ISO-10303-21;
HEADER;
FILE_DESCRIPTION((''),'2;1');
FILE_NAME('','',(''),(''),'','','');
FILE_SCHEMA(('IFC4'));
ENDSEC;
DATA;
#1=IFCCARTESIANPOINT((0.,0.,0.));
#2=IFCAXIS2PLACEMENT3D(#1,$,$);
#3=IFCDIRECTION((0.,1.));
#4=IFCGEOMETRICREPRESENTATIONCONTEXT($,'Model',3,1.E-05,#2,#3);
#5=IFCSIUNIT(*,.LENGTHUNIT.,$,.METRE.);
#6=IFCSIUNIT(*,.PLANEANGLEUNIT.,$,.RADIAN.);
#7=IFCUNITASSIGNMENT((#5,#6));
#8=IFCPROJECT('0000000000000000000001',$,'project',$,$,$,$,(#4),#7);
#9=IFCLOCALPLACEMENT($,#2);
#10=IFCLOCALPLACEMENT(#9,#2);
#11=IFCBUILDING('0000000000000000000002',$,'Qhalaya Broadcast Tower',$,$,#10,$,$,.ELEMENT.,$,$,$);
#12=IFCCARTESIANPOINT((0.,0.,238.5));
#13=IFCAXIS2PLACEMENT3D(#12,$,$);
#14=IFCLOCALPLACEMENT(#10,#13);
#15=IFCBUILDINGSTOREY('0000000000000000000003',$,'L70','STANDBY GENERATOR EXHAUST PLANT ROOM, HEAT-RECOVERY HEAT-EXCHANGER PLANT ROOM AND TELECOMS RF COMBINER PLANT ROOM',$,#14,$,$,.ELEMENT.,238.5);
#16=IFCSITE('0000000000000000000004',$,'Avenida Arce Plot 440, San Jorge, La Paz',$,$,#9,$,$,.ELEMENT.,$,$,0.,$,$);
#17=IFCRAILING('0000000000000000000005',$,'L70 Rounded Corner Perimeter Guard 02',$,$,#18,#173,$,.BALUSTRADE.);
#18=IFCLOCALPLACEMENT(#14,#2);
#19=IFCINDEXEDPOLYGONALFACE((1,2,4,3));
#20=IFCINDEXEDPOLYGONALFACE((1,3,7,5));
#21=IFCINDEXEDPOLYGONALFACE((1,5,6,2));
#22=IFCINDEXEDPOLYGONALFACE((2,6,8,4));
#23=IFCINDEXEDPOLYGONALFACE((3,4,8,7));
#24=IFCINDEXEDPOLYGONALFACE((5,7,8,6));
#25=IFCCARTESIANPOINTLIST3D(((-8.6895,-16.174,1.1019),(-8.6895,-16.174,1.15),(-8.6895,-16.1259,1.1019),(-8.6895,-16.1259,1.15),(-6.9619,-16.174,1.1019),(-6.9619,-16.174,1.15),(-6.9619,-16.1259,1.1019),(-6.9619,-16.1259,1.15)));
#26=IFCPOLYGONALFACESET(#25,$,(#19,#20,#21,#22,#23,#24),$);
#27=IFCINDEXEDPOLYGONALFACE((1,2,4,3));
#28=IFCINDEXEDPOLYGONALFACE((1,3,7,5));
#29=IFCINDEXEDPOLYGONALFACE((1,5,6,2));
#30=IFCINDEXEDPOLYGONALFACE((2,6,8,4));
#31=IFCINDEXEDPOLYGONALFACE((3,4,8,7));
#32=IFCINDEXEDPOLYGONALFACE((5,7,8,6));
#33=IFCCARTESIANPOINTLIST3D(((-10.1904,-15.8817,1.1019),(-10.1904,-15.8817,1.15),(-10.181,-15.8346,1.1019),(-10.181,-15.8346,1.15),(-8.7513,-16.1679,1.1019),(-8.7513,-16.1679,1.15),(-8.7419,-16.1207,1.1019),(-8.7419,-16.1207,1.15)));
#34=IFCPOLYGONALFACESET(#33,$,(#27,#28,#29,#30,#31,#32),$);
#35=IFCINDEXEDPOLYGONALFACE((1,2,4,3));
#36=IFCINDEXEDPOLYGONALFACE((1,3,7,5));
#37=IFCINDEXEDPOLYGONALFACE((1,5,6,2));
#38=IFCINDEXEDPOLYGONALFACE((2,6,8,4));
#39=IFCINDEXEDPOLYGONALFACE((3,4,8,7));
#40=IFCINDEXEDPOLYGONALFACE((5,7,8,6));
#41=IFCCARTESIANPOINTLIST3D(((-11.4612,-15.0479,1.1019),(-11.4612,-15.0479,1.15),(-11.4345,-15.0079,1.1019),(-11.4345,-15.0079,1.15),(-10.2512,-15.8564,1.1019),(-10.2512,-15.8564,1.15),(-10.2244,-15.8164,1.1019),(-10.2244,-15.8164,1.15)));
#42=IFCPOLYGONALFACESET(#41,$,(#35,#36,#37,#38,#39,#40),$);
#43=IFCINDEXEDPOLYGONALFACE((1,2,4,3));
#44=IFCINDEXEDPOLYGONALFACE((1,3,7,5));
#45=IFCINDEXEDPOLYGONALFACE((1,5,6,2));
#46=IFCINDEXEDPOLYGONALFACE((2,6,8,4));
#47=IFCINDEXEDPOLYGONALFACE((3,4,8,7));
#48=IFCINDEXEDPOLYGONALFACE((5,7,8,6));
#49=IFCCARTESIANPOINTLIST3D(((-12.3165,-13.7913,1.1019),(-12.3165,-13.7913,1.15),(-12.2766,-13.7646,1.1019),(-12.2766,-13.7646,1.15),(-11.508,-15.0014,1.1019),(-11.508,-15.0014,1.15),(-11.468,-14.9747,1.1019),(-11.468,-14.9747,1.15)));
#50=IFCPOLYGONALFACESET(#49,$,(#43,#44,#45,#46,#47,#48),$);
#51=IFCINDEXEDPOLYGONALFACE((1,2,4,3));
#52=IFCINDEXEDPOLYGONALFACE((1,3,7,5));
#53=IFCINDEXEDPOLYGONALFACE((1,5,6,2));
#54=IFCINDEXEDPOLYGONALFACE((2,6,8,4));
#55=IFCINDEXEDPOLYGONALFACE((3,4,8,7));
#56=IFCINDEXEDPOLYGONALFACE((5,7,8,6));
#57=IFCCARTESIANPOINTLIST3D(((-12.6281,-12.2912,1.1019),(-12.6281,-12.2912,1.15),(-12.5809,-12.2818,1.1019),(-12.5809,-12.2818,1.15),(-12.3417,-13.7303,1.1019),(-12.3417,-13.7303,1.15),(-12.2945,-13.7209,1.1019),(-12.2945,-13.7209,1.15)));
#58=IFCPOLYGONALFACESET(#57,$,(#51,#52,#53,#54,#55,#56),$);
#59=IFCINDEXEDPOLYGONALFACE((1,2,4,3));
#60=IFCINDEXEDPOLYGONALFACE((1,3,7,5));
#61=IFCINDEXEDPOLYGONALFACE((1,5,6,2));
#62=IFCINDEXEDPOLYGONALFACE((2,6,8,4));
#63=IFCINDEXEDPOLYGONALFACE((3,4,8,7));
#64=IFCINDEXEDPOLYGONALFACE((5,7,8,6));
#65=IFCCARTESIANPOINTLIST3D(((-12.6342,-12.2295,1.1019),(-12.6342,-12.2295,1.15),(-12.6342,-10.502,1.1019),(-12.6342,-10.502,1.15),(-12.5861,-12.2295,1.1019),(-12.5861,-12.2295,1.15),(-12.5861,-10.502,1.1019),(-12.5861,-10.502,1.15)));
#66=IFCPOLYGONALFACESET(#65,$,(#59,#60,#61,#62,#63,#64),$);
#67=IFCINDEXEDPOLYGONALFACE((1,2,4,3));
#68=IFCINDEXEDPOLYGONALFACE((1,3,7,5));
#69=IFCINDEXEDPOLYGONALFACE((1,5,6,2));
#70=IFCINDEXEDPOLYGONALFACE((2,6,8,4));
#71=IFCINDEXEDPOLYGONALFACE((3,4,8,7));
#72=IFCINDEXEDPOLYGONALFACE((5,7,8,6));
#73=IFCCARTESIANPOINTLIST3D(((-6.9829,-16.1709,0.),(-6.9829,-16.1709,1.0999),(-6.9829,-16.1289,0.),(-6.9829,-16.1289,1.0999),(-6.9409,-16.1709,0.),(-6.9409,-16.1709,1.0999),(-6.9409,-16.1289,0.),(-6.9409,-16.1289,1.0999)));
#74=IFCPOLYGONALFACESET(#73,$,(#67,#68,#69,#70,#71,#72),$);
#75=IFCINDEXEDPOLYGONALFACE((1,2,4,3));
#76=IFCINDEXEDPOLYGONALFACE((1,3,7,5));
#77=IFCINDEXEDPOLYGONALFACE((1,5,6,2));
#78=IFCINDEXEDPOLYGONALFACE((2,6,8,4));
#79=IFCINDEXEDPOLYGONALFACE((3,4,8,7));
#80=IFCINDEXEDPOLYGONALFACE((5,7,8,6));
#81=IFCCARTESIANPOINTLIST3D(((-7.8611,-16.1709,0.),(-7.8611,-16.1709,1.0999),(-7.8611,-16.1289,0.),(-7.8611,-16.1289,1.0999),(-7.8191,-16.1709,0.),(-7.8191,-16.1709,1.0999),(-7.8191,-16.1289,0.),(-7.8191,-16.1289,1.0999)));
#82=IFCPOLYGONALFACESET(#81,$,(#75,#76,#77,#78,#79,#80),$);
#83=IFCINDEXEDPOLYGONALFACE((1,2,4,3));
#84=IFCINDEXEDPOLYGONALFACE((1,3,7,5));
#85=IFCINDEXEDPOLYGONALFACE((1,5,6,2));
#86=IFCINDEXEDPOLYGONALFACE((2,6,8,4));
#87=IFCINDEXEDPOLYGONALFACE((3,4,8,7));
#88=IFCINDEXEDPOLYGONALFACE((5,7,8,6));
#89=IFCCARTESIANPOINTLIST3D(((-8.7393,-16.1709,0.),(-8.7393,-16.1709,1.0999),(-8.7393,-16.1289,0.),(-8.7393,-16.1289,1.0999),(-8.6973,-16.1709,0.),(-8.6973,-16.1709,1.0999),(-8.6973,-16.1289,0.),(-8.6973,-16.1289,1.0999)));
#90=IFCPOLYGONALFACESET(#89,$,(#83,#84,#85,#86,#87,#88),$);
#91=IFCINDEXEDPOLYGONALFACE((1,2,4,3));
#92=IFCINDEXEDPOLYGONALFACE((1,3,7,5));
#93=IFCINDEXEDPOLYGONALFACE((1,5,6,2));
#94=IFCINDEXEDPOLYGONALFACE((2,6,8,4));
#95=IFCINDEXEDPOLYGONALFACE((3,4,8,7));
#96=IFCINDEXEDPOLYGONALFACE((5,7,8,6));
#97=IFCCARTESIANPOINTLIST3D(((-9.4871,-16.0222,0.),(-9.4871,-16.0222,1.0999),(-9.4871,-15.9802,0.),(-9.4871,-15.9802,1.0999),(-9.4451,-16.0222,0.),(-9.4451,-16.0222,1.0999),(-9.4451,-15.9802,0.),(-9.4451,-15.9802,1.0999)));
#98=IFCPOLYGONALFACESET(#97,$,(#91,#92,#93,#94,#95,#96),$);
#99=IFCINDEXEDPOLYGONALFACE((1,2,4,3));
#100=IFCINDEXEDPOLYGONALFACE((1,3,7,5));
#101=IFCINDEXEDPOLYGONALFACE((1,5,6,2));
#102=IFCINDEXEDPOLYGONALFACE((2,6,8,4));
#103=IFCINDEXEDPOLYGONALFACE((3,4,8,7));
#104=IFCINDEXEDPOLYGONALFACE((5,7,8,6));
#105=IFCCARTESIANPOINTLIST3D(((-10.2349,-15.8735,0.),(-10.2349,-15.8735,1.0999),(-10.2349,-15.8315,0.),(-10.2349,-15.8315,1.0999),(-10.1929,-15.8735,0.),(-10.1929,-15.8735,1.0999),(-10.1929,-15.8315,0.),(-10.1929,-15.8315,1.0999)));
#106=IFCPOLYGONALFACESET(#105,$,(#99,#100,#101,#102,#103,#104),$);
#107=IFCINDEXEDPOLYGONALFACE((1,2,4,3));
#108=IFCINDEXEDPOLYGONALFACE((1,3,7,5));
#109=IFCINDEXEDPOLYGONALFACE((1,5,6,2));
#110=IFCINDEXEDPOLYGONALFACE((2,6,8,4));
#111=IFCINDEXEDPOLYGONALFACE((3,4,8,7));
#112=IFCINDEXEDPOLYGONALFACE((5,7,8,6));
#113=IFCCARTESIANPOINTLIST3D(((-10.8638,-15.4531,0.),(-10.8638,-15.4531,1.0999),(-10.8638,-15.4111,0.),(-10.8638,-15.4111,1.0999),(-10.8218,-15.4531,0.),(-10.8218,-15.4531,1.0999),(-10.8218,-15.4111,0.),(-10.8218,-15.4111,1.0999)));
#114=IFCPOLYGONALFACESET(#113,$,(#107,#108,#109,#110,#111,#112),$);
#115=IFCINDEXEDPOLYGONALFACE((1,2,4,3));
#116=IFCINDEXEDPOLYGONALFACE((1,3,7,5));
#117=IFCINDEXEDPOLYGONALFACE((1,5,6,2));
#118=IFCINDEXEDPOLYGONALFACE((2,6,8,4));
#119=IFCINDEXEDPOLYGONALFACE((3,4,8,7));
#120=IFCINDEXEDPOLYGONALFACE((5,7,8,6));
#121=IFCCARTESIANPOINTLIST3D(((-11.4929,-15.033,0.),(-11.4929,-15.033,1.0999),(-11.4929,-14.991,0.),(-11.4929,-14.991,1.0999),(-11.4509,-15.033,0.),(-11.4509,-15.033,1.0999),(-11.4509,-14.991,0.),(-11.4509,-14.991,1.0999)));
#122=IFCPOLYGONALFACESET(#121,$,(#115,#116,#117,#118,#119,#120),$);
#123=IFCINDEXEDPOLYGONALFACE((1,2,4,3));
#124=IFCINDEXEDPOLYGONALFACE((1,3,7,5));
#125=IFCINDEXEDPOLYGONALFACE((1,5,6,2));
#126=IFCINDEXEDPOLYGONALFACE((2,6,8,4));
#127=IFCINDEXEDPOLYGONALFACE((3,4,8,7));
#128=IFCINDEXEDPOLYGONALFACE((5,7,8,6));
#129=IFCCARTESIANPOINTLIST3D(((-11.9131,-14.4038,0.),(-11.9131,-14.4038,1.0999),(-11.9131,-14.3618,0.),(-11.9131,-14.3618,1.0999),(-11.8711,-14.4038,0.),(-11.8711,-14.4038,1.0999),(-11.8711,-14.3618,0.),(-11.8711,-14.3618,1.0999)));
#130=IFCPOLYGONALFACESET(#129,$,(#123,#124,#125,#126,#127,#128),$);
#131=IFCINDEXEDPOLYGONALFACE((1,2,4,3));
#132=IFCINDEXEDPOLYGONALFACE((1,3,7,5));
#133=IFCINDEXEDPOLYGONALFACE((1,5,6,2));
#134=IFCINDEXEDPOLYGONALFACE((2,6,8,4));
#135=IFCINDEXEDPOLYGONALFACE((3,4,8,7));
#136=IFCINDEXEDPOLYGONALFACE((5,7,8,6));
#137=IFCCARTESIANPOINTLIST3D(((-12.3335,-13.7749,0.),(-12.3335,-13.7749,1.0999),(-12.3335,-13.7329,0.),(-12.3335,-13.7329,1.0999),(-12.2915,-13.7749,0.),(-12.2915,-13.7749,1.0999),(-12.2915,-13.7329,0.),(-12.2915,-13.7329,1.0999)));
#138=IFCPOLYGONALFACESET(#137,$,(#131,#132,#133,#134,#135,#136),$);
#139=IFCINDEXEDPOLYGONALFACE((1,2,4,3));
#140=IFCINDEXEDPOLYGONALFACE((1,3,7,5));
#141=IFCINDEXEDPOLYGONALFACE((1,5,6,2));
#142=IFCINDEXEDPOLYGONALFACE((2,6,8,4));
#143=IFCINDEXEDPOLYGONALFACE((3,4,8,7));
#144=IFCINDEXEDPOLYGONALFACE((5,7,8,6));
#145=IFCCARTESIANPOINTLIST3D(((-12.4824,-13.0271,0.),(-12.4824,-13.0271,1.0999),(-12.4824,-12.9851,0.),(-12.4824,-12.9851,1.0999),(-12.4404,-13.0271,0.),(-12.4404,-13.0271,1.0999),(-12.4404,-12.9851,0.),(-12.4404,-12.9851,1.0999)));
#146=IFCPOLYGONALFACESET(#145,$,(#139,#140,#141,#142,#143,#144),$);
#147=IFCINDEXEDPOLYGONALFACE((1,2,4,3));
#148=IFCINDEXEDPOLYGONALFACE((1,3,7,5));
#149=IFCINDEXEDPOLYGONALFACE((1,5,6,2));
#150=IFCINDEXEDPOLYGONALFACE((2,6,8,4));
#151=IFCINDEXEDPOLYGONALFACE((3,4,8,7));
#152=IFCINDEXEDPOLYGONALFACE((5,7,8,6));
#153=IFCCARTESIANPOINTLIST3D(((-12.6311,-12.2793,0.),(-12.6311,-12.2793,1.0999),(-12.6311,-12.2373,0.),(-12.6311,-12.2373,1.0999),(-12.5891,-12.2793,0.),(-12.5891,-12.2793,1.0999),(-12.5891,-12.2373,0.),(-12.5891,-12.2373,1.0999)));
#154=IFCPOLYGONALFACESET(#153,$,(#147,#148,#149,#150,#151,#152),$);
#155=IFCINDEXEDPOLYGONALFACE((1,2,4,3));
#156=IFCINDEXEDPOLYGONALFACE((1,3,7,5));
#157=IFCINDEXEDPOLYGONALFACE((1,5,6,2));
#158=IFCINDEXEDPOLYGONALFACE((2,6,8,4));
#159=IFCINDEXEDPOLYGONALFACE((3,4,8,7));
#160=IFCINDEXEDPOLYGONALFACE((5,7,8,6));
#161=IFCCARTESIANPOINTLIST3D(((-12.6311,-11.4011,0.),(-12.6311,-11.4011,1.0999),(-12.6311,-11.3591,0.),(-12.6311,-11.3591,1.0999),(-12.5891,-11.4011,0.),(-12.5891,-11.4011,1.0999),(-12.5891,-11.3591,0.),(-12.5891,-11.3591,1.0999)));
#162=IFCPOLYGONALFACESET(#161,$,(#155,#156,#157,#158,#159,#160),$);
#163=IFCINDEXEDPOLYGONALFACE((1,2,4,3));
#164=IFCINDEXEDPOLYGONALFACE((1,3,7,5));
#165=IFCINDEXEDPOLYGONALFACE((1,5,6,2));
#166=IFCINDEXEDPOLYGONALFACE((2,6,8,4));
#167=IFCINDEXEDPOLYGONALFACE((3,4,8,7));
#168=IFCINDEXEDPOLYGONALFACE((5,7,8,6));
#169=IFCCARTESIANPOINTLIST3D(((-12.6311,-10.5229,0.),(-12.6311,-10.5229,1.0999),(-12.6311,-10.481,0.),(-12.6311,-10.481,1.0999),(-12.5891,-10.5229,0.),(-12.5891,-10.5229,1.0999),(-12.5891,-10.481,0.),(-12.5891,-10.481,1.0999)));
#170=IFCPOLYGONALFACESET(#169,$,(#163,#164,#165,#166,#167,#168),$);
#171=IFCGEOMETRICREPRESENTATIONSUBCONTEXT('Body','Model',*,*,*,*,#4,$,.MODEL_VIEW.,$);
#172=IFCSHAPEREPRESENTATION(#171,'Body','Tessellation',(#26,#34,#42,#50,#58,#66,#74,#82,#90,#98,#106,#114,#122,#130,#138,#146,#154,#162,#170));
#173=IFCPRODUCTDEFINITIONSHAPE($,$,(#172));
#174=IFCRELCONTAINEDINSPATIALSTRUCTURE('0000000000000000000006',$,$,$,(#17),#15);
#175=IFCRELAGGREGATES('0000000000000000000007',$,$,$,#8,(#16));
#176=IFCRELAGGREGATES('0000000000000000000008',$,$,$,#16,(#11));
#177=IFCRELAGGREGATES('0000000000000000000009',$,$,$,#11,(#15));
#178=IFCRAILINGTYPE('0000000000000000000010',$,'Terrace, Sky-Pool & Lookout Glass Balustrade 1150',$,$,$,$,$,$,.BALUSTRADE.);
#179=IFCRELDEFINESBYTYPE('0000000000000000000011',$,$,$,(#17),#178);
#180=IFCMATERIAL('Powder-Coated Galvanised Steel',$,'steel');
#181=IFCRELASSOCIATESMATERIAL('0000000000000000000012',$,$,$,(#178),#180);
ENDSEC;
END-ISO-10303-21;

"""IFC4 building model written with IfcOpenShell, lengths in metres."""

from ifc_helpers import new_model, si_unit, direction, frame, origin, origin_2d, place, context, subcontext, project, spatial, rectangle, extrude, material, type_object, element, save


model = new_model("IFC4")

# Units and contexts
model_context = context("Model", 3, precision=1e-05, world=origin(), true_north=direction((0.0, 1.0)))
body_context = subcontext(model_context, "Body", "Model", "MODEL_VIEW")
ifc_project = project(units=[si_unit("LENGTHUNIT", "METRE"), si_unit("PLANEANGLEUNIT", "RADIAN")], contexts=[model_context])

# Site, building, storey
site_placement = place(None, origin())
site = spatial("IfcSite", under=ifc_project, at=site_placement, Name="Avenida Arce Plot 440, San Jorge, La Paz", CompositionType="ELEMENT", RefElevation=0.0)
building_placement = place(site_placement, origin())
building = spatial("IfcBuilding", under=site, at=building_placement, Name="Qhalaya Broadcast Tower", CompositionType="ELEMENT")
storey_placement = place(building_placement, frame((0.0, 0.0, 238.5)))
storey = spatial("IfcBuildingStorey", under=building, at=storey_placement, Name="L70", Description="STANDBY GENERATOR EXHAUST PLANT ROOM, HEAT-RECOVERY HEAT-EXCHANGER PLANT ROOM AND TELECOMS RF COMBINER PLANT ROOM", CompositionType="ELEMENT", Elevation=238.5)

# Railing
ifc_material_1 = material(Name="Powder-Coated Galvanised Steel", Category="steel")
railing_type = type_object("IfcRailingType", Name="Terrace, Sky-Pool & Lookout Glass Balustrade 1150", PredefinedType="BALUSTRADE", material=ifc_material_1)
railing_placement = place(storey_placement, frame((-6.9619, -16.1499, 0.0)))
element("IfcRailing", 1, at=railing_placement, inside=storey, type_object=railing_type, Name="L70 Rounded Corner Perimeter Guard 02", PredefinedType="BALUSTRADE", context=body_context, shape_type="SweptSolid", body=[
    extrude(rectangle(XDim=0.0481, YDim=0.0481, at=origin_2d()), frame((0.0, 0.0, 1.126), z_axis=(-1.0, 0.0, 0.0), x_axis=(0.0, -1.0, 0.0)), (0.0, 0.0, 1.0), 1.7275),
    extrude(rectangle(XDim=0.0481, YDim=0.0481, at=origin_2d()), frame((-1.7847, 0.0056, 1.126), z_axis=(-0.980802, 0.195008, 0.0), x_axis=(-0.195008, -0.980802, 0.0)), (0.0, 0.0, 1.0), 1.4673),
    extrude(rectangle(XDim=0.0481, YDim=0.0481, at=origin_2d()), frame((-3.2759, 0.3135, 1.126), z_axis=(-0.831479, 0.555556, 0.0), x_axis=(-0.555556, -0.831479, 0.0)), (0.0, 0.0, 1.0), 1.4553),
    extrude(rectangle(XDim=0.0481, YDim=0.0481, at=origin_2d()), frame((-4.5261, 1.1619, 1.126), z_axis=(-0.555556, 0.831479, 0.0), x_axis=(-0.831479, -0.555556, 0.0)), (0.0, 0.0, 1.0), 1.4553),
    extrude(rectangle(XDim=0.0481, YDim=0.0481, at=origin_2d()), frame((-5.3562, 2.4243, 1.126), z_axis=(-0.195162, 0.980771, 0.0), x_axis=(-0.980771, -0.195162, 0.0)), (0.0, 0.0, 1.0), 1.4673),
    extrude(rectangle(XDim=0.0481, YDim=0.0481, at=origin_2d()), frame((-5.6482, 3.9204, 1.126), z_axis=(0.0, 1.0, 0.0), x_axis=(-1.0, 0.0, 0.0)), (0.0, 0.0, 1.0), 1.7275),
    extrude(rectangle(XDim=0.042, YDim=0.042, at=origin_2d()), origin(), (0.0, 0.0, 1.0), 1.0999),
    extrude(rectangle(XDim=0.042, YDim=0.042, at=origin_2d()), frame((-0.8782, 0.0, 0.0)), (0.0, 0.0, 1.0), 1.0999),
    extrude(rectangle(XDim=0.042, YDim=0.042, at=origin_2d()), frame((-1.7563, 0.0, 0.0)), (0.0, 0.0, 1.0), 1.0999),
    extrude(rectangle(XDim=0.042, YDim=0.042, at=origin_2d()), frame((-2.5042, 0.1487, 0.0)), (0.0, 0.0, 1.0), 1.0999),
    extrude(rectangle(XDim=0.042, YDim=0.042, at=origin_2d()), frame((-3.252, 0.2974, 0.0)), (0.0, 0.0, 1.0), 1.0999),
    extrude(rectangle(XDim=0.042, YDim=0.042, at=origin_2d()), frame((-3.8809, 0.7178, 0.0)), (0.0, 0.0, 1.0), 1.0999),
    extrude(rectangle(XDim=0.042, YDim=0.042, at=origin_2d()), frame((-4.51, 1.1379, 0.0)), (0.0, 0.0, 1.0), 1.0999),
    extrude(rectangle(XDim=0.042, YDim=0.042, at=origin_2d()), frame((-4.9302, 1.7671, 0.0)), (0.0, 0.0, 1.0), 1.0999),
    extrude(rectangle(XDim=0.042, YDim=0.042, at=origin_2d()), frame((-5.3506, 2.396, 0.0)), (0.0, 0.0, 1.0), 1.0999),
    extrude(rectangle(XDim=0.042, YDim=0.042, at=origin_2d()), frame((-5.4995, 3.1438, 0.0)), (0.0, 0.0, 1.0), 1.0999),
    extrude(rectangle(XDim=0.042, YDim=0.042, at=origin_2d()), frame((-5.6482, 3.8916, 0.0)), (0.0, 0.0, 1.0), 1.0999),
    extrude(rectangle(XDim=0.042, YDim=0.042, at=origin_2d()), frame((-5.6482, 4.7698, 0.0)), (0.0, 0.0, 1.0), 1.0999),
    extrude(rectangle(XDim=0.042, YDim=0.042, at=origin_2d()), frame((-5.6482, 5.6479, 0.0)), (0.0, 0.0, 1.0), 1.0999),
])

save(model, "model.ifc")
